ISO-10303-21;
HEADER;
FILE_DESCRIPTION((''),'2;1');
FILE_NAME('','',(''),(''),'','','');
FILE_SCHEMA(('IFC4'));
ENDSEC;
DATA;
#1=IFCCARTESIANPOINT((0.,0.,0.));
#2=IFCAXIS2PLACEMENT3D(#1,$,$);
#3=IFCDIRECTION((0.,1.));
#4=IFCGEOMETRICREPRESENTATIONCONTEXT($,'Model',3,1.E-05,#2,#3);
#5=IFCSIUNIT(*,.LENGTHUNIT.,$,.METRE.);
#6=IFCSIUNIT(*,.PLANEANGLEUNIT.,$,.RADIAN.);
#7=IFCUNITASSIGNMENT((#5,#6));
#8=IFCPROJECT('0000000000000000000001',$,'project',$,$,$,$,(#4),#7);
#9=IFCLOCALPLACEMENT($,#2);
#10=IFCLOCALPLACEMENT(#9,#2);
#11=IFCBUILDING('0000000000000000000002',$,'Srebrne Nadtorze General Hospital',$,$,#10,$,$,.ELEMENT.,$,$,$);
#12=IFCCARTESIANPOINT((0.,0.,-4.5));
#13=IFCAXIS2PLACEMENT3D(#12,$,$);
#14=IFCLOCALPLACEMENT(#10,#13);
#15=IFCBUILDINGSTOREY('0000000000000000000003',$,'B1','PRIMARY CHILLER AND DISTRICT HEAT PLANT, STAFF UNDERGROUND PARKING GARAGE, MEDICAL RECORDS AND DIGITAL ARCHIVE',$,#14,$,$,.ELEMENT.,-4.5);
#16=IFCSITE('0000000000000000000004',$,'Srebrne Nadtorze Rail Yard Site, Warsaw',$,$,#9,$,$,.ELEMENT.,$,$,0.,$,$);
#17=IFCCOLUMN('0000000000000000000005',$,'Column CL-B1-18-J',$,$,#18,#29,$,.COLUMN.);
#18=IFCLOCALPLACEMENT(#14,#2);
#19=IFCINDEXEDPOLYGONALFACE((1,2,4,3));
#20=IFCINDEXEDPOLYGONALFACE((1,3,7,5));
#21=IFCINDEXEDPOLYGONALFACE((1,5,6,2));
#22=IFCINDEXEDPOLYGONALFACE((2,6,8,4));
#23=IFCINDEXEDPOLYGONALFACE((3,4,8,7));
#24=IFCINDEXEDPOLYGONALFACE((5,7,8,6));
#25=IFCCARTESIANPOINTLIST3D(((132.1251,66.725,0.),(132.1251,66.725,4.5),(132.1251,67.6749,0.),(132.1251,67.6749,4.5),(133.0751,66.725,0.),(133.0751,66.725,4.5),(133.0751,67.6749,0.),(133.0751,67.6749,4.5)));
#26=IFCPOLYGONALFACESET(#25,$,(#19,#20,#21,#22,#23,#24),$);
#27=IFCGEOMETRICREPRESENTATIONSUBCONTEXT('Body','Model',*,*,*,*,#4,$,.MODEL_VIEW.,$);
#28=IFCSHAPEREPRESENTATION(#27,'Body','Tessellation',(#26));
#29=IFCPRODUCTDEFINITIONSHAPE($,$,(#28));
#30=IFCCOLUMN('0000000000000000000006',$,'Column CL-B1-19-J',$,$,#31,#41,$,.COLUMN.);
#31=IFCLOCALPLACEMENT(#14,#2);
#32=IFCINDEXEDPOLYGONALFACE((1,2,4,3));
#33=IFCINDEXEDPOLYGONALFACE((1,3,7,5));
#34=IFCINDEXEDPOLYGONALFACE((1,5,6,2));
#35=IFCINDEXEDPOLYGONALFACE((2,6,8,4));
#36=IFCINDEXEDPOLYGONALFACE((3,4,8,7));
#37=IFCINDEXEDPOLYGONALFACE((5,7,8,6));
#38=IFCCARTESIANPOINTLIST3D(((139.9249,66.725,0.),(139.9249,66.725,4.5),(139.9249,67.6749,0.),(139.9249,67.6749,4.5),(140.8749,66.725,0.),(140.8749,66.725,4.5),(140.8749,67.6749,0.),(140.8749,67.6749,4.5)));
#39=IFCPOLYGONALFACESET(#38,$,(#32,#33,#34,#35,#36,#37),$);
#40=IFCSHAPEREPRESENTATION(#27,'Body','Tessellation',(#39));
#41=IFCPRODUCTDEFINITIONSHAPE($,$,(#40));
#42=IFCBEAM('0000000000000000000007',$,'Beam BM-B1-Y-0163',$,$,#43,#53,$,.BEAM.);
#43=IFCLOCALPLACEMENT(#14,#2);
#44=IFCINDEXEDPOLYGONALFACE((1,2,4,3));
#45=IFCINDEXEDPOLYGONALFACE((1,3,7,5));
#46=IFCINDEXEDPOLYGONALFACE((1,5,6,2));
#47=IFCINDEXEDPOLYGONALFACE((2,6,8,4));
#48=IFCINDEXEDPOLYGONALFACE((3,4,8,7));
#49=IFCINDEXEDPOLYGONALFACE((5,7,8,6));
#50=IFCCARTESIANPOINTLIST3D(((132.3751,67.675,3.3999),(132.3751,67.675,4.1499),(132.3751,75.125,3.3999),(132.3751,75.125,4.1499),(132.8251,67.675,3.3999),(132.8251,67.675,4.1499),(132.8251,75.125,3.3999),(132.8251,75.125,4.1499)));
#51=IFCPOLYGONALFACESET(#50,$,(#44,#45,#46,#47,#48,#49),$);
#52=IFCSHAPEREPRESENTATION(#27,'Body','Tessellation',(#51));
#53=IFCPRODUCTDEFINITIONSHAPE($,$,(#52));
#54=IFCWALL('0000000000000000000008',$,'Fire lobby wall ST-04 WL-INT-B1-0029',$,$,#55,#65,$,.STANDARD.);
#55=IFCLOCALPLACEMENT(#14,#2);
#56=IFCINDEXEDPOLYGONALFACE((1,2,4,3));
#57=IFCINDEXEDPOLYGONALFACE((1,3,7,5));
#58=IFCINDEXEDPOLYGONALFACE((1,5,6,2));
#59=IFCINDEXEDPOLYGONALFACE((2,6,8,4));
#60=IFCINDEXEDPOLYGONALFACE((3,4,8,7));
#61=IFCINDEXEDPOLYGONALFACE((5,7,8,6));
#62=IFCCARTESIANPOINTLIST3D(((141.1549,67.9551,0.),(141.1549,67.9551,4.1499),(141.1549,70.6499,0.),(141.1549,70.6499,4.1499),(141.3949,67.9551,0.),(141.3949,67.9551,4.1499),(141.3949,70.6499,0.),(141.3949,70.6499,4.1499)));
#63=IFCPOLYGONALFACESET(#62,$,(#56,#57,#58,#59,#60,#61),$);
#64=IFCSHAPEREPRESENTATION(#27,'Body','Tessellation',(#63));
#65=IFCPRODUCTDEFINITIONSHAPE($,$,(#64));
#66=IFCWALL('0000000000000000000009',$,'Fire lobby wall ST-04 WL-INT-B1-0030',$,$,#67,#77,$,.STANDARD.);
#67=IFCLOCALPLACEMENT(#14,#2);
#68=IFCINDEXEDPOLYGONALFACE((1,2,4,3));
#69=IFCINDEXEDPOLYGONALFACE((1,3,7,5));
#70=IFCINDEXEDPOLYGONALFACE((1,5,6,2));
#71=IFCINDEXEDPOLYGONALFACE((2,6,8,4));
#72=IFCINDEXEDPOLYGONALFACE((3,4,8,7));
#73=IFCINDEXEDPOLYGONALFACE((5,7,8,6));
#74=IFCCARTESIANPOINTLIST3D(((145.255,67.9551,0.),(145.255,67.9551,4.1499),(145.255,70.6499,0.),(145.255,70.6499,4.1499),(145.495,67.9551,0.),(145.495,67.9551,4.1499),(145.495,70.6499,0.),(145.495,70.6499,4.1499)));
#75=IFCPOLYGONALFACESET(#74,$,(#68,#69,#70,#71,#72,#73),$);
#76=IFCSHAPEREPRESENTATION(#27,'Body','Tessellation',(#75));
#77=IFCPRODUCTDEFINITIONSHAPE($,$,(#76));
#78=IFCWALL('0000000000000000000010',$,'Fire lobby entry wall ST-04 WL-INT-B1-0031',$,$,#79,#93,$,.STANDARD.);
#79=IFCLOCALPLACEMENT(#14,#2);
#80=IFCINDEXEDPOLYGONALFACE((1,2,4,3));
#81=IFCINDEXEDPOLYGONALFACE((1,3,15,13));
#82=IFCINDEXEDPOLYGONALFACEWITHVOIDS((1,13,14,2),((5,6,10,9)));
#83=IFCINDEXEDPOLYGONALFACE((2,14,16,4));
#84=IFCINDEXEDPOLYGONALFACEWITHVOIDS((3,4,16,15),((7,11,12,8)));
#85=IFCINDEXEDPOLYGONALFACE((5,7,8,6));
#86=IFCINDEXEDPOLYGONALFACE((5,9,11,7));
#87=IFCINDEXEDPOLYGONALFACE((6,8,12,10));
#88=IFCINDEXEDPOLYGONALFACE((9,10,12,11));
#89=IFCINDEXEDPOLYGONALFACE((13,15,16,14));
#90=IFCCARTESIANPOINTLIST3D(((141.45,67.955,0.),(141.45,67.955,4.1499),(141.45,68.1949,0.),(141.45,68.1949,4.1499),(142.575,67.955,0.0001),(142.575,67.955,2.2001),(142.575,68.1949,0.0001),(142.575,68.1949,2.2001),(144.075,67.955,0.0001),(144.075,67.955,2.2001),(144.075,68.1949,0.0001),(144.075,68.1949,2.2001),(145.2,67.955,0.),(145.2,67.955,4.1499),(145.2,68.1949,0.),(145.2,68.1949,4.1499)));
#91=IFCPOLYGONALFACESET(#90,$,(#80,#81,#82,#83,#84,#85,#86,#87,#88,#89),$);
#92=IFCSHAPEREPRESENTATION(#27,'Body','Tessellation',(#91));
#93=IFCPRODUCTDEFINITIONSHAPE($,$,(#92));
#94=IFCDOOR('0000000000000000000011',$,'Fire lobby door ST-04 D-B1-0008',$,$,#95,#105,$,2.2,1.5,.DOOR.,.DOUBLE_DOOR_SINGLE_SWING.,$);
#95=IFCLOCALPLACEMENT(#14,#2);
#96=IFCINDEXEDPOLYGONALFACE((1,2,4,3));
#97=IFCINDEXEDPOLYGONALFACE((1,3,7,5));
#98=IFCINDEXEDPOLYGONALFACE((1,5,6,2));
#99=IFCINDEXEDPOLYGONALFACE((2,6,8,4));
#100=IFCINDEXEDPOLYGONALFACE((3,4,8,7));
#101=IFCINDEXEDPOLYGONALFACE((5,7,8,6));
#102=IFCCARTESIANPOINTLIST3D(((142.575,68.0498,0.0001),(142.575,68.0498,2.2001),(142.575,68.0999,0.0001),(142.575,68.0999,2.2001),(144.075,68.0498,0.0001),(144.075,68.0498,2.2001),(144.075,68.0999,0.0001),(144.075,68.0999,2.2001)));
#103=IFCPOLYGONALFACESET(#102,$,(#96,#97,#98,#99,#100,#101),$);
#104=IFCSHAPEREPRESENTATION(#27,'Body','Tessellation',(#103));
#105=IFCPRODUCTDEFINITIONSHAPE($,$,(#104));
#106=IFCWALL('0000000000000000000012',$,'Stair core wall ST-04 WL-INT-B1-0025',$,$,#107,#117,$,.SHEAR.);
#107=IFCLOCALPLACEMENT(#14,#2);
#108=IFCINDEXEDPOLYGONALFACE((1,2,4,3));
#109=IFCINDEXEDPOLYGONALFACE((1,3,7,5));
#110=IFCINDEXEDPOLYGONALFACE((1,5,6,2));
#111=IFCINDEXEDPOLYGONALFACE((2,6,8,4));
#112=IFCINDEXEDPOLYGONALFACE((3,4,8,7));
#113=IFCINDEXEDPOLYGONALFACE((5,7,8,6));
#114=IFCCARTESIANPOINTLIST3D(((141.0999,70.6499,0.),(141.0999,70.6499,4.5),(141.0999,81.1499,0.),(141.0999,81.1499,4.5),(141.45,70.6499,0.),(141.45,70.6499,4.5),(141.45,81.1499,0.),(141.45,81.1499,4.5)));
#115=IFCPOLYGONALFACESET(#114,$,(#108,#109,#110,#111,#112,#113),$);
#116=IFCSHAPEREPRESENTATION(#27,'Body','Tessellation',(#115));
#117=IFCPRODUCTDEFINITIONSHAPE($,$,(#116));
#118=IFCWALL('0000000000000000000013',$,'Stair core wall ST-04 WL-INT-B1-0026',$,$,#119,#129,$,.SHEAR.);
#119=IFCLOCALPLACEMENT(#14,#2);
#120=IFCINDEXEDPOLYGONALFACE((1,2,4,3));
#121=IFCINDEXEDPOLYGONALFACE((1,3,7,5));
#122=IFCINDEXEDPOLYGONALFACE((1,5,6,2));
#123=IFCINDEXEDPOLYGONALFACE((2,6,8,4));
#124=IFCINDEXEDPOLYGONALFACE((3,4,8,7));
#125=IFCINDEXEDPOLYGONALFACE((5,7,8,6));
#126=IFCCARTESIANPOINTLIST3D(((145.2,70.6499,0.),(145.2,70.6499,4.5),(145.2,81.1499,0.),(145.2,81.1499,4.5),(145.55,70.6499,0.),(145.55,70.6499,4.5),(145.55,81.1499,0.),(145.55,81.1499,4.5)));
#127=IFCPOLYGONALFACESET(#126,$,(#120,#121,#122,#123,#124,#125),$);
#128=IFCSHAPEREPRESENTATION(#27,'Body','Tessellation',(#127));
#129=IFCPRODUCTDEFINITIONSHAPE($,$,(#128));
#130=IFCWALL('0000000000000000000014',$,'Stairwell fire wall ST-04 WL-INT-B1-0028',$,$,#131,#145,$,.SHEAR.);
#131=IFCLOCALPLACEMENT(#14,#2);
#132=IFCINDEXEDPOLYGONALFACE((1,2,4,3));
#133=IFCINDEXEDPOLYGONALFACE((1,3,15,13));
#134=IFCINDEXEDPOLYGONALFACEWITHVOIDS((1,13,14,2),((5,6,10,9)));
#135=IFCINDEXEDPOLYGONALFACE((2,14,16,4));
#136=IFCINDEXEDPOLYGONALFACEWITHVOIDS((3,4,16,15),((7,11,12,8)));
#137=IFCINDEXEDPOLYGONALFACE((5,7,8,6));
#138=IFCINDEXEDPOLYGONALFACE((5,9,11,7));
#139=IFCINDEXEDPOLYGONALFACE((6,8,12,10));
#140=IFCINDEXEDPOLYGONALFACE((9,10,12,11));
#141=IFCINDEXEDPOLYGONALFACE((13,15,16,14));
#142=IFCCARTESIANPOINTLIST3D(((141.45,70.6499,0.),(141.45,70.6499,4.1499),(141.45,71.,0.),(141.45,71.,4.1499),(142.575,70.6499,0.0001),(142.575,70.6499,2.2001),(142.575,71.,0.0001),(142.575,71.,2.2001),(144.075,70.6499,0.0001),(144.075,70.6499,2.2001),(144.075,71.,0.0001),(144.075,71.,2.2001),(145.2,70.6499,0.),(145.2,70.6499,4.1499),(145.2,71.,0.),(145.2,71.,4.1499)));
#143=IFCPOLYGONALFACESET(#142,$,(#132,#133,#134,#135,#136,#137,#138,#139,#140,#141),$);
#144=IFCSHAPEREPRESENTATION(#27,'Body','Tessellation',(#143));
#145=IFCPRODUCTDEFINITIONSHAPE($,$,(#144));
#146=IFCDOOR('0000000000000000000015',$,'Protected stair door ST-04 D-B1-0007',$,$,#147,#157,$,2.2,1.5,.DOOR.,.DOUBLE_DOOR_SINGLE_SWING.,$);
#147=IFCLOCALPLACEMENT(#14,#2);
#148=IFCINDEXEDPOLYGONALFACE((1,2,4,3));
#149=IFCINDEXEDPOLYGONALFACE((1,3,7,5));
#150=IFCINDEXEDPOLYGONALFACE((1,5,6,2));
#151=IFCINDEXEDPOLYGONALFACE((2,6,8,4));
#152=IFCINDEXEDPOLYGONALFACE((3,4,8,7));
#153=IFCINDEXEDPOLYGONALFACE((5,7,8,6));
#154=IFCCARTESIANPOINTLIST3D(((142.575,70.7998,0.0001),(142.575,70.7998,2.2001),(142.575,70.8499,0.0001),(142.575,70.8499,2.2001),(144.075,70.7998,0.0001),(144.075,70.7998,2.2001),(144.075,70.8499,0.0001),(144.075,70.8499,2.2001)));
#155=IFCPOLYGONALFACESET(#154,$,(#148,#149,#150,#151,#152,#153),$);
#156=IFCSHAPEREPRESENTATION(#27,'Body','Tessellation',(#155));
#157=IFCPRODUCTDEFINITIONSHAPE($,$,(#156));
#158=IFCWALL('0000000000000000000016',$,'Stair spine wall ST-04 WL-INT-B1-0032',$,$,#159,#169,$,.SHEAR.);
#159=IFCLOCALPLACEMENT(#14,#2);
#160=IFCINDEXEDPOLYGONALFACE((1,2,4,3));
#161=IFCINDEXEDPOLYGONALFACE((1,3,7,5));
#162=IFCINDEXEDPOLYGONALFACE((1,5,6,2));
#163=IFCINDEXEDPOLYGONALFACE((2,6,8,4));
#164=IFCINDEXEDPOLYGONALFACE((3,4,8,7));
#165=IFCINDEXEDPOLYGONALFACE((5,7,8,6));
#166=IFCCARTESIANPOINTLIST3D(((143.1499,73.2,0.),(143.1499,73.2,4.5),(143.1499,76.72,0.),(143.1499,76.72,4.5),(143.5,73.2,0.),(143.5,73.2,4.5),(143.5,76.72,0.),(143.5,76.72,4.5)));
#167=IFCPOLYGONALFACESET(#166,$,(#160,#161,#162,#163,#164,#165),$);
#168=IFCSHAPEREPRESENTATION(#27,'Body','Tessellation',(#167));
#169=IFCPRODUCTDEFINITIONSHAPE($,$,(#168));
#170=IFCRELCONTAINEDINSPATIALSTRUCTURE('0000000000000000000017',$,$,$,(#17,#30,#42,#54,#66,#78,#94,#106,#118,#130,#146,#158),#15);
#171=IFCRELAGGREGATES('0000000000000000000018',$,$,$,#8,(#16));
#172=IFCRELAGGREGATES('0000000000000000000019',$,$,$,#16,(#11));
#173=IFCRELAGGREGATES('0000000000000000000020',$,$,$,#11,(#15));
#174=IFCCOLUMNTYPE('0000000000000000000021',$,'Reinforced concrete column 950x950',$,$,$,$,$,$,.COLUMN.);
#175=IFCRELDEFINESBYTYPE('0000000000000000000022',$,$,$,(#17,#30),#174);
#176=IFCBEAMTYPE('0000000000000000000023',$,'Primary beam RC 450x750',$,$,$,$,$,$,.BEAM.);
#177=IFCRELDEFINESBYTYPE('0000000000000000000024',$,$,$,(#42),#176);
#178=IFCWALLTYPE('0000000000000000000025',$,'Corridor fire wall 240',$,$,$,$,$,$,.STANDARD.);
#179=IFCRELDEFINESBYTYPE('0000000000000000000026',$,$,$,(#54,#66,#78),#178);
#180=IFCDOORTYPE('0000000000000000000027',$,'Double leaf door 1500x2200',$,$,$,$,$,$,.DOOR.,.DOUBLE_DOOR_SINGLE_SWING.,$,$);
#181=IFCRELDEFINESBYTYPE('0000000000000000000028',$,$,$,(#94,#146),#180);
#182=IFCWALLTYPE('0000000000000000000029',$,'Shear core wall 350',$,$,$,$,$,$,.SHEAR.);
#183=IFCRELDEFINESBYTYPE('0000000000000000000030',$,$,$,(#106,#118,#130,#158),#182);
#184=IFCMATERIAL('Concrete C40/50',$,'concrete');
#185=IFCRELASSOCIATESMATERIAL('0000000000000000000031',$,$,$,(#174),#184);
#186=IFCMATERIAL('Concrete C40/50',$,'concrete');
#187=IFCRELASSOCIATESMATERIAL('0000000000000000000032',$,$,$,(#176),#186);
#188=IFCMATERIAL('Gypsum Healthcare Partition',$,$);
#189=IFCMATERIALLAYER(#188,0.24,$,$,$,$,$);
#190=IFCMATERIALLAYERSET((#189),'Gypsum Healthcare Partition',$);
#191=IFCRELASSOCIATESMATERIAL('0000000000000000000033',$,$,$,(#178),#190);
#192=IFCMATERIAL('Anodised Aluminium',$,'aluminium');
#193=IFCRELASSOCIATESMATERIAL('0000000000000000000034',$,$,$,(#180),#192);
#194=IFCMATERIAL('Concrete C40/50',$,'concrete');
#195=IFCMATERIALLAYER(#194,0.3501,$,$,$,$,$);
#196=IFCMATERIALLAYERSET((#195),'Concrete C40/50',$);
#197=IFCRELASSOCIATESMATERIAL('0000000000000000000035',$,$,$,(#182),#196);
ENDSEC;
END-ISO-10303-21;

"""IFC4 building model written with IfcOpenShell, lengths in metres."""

from ifc_helpers import new_model, si_unit, direction, frame, frame_2d, origin, origin_2d, place, context, subcontext, project, spatial, rectangle, extrude, material, layer, layer_set, material_profile, profile_set, type_object, element, fill, save


model = new_model("IFC4")

# Units and contexts
model_context = context("Model", 3, precision=1e-05, world=origin(), true_north=direction((0.0, 1.0)))
body_context = subcontext(model_context, "Body", "Model", "MODEL_VIEW")
ifc_project = project(units=[si_unit("LENGTHUNIT", "METRE"), si_unit("PLANEANGLEUNIT", "RADIAN")], contexts=[model_context])

# Site, building, storey
site_placement = place(None, origin())
site = spatial("IfcSite", under=ifc_project, at=site_placement, Name="Srebrne Nadtorze Rail Yard Site, Warsaw", CompositionType="ELEMENT", RefElevation=0.0)
building_placement = place(site_placement, origin())
building = spatial("IfcBuilding", under=site, at=building_placement, Name="Srebrne Nadtorze General Hospital", CompositionType="ELEMENT")
storey_placement = place(building_placement, frame((0.0, 0.0, -4.5)))
storey = spatial("IfcBuildingStorey", under=building, at=storey_placement, Name="B1", Description="PRIMARY CHILLER AND DISTRICT HEAT PLANT, STAFF UNDERGROUND PARKING GARAGE, MEDICAL RECORDS AND DIGITAL ARCHIVE", CompositionType="ELEMENT", Elevation=-4.5)

# Columns
ifc_material_1 = material(Name="Concrete C40/50", Category="concrete")
ifc_material_profile_1 = material_profile(ifc_material_1, rectangle(XDim=0.95, YDim=0.95, at=origin_2d()), Name="RC-COL-950x950")
ifc_profile_set_1 = profile_set([ifc_material_profile_1], Name="Concrete C40/50")
column_type = type_object("IfcColumnType", Name="Reinforced concrete column 950x950", PredefinedType="COLUMN", material=ifc_profile_set_1)
for number, where, z_axis, x_axis, name in (
    (1, (132.6001, 67.2, 0.0), (0.0, 0.0, 1.0), (1.0, 0.0, 0.0), "Column CL-B1-18-J"),
    (2, (140.3999, 67.2, 0.0), (0.0, 0.0, 1.0), (1.0, 0.0, 0.0), "Column CL-B1-19-J"),
):
    element("IfcColumn", number, at=place(storey_placement, frame(where, z_axis=z_axis, x_axis=x_axis)), inside=storey, type_object=column_type, Name=name, PredefinedType="COLUMN", context=body_context, shape_type="SweptSolid", body=[
        extrude(rectangle(XDim=0.95, YDim=0.95, at=origin_2d()), origin(), (0.0, 0.0, 1.0), 4.5),
    ])

# Beam
ifc_material_2 = material(Name="Concrete C40/50", Category="concrete")
ifc_material_profile_2 = material_profile(ifc_material_2, rectangle(XDim=0.45, YDim=0.75, at=origin_2d()), Name="RC-BM-450x750")
ifc_profile_set_2 = profile_set([ifc_material_profile_2], Name="Concrete C40/50")
beam_type = type_object("IfcBeamType", Name="Primary beam RC 450x750", PredefinedType="BEAM", material=ifc_profile_set_2)
beam_placement = place(storey_placement, frame((132.6001, 67.675, 3.7749), z_axis=(0.0, 1.0, 0.0), x_axis=(-1.0, 0.0, 0.0)))
element("IfcBeam", 3, at=beam_placement, inside=storey, type_object=beam_type, Name="Beam BM-B1-Y-0163", PredefinedType="BEAM", context=body_context, shape_type="SweptSolid", body=[
    extrude(rectangle(XDim=0.45, YDim=0.75, at=origin_2d()), origin(), (0.0, 0.0, 1.0), 7.45),
])

# Walls
ifc_material_3 = material(Name="Gypsum Healthcare Partition")
ifc_layer_1 = layer(ifc_material_3, 0.24)
ifc_layer_set_1 = layer_set([ifc_layer_1], Name="Gypsum Healthcare Partition")
wall_type_1 = type_object("IfcWallType", Name="Corridor fire wall 240", PredefinedType="STANDARD", material=ifc_layer_set_1)
for number, where, z_axis, x_axis, name in (
    (4, (141.2749, 67.9551, 0.0), (0.0, 0.0, 1.0), (0.0, 1.0, 0.0), "Fire lobby wall ST-04 WL-INT-B1-0029"),
    (5, (145.375, 67.9551, 0.0), (0.0, 0.0, 1.0), (0.0, 1.0, 0.0), "Fire lobby wall ST-04 WL-INT-B1-0030"),
):
    element("IfcWall", number, at=place(storey_placement, frame(where, z_axis=z_axis, x_axis=x_axis)), inside=storey, type_object=wall_type_1, Name=name, PredefinedType="STANDARD", context=body_context, shape_type="SweptSolid", body=[
        extrude(rectangle(XDim=2.6948, YDim=0.24, at=frame_2d((1.3474, 0.0))), origin(), (0.0, 0.0, 1.0), 4.1499),
    ])

# Wall, opening, door
wall_1_placement = place(storey_placement, frame((141.45, 68.075, 0.0), z_axis=(0.0, 0.0, 1.0), x_axis=(1.0, 0.0, 0.0)))
wall_1 = element("IfcWall", 6, at=wall_1_placement, inside=storey, type_object=wall_type_1, Name="Fire lobby entry wall ST-04 WL-INT-B1-0031", PredefinedType="STANDARD", context=body_context, shape_type="SweptSolid", body=[
    extrude(rectangle(XDim=3.75, YDim=0.24, at=frame_2d((1.875, 0.0))), origin(), (0.0, 0.0, 1.0), 4.1499),
])
opening_1_placement = place(wall_1_placement, frame((1.125, 0.0, 0.0)))
opening_1 = element("IfcOpeningElement", 7, at=opening_1_placement, cuts=wall_1, PredefinedType="OPENING", context=body_context, shape_type="SweptSolid", body=[
    extrude(rectangle(XDim=1.5, YDim=2.2, at=frame_2d((0.75, 1.1001))), frame((0.0, 0.1318, 0.0), z_axis=(0.0, -1.0, 0.0), x_axis=(1.0, 0.0, 0.0)), (0.0, 0.0, 1.0), 0.2639),
])
ifc_material_4 = material(Name="Anodised Aluminium", Category="aluminium")
door_type = type_object("IfcDoorType", Name="Double leaf door 1500x2200", OperationType="DOUBLE_DOOR_SINGLE_SWING", PredefinedType="DOOR", material=ifc_material_4)
door_1_placement = place(opening_1_placement, origin())
door_1 = element("IfcDoor", 8, at=door_1_placement, inside=storey, type_object=door_type, Name="Fire lobby door ST-04 D-B1-0008", OperationType="DOUBLE_DOOR_SINGLE_SWING", OverallHeight=2.2, OverallWidth=1.5, PredefinedType="DOOR", context=body_context, shape_type="SweptSolid", body=[
    extrude(rectangle(XDim=1.5, YDim=2.2, at=frame_2d((0.75, 1.1001))), frame((0.0, 0.0249, 0.0), z_axis=(0.0, -1.0, 0.0), x_axis=(1.0, 0.0, 0.0)), (0.0, 0.0, 1.0), 0.05),
])
fill(opening_1, door_1)

# Walls
ifc_material_5 = material(Name="Concrete C40/50", Category="concrete")
ifc_layer_2 = layer(ifc_material_5, 0.3501)
ifc_layer_set_2 = layer_set([ifc_layer_2], Name="Concrete C40/50")
wall_type_2 = type_object("IfcWallType", Name="Shear core wall 350", PredefinedType="SHEAR", material=ifc_layer_set_2)
for number, where, z_axis, x_axis, name in (
    (9, (141.2749, 70.6499, 0.0), (0.0, 0.0, 1.0), (0.0, 1.0, 0.0), "Stair core wall ST-04 WL-INT-B1-0025"),
    (10, (145.375, 70.6499, 0.0), (0.0, 0.0, 1.0), (0.0, 1.0, 0.0), "Stair core wall ST-04 WL-INT-B1-0026"),
):
    element("IfcWall", number, at=place(storey_placement, frame(where, z_axis=z_axis, x_axis=x_axis)), inside=storey, type_object=wall_type_2, Name=name, PredefinedType="SHEAR", context=body_context, shape_type="SweptSolid", body=[
        extrude(rectangle(XDim=10.5, YDim=0.3501, at=frame_2d((5.25, 0.0))), origin(), (0.0, 0.0, 1.0), 4.5),
    ])

# Wall, opening, door
wall_2_placement = place(storey_placement, frame((141.45, 70.825, 0.0), z_axis=(0.0, 0.0, 1.0), x_axis=(1.0, 0.0, 0.0)))
wall_2 = element("IfcWall", 11, at=wall_2_placement, inside=storey, type_object=wall_type_2, Name="Stairwell fire wall ST-04 WL-INT-B1-0028", PredefinedType="SHEAR", context=body_context, shape_type="SweptSolid", body=[
    extrude(rectangle(XDim=3.75, YDim=0.3501, at=frame_2d((1.875, 0.0))), origin(), (0.0, 0.0, 1.0), 4.1499),
])
opening_2_placement = place(wall_2_placement, frame((1.125, 0.0, 0.0)))
opening_2 = element("IfcOpeningElement", 12, at=opening_2_placement, cuts=wall_2, PredefinedType="OPENING", context=body_context, shape_type="SweptSolid", body=[
    extrude(rectangle(XDim=1.5, YDim=2.2, at=frame_2d((0.75, 1.1001))), frame((0.0, 0.187, 0.0), z_axis=(0.0, -1.0, 0.0), x_axis=(1.0, 0.0, 0.0)), (0.0, 0.0, 1.0), 0.374),
])
door_2_placement = place(opening_2_placement, origin())
door_2 = element("IfcDoor", 13, at=door_2_placement, inside=storey, type_object=door_type, Name="Protected stair door ST-04 D-B1-0007", OperationType="DOUBLE_DOOR_SINGLE_SWING", OverallHeight=2.2, OverallWidth=1.5, PredefinedType="DOOR", context=body_context, shape_type="SweptSolid", body=[
    extrude(rectangle(XDim=1.5, YDim=2.2, at=frame_2d((0.75, 1.1001))), frame((0.0, 0.0249, 0.0), z_axis=(0.0, -1.0, 0.0), x_axis=(1.0, 0.0, 0.0)), (0.0, 0.0, 1.0), 0.05),
])
fill(opening_2, door_2)

# Wall
wall_3_placement = place(storey_placement, frame((143.325, 73.2, 0.0), z_axis=(0.0, 0.0, 1.0), x_axis=(0.0, 1.0, 0.0)))
element("IfcWall", 14, at=wall_3_placement, inside=storey, type_object=wall_type_2, Name="Stair spine wall ST-04 WL-INT-B1-0032", PredefinedType="SHEAR", context=body_context, shape_type="SweptSolid", body=[
    extrude(rectangle(XDim=3.52, YDim=0.3501, at=frame_2d((1.76, 0.0))), origin(), (0.0, 0.0, 1.0), 4.5),
])

save(model, "model.ifc")
